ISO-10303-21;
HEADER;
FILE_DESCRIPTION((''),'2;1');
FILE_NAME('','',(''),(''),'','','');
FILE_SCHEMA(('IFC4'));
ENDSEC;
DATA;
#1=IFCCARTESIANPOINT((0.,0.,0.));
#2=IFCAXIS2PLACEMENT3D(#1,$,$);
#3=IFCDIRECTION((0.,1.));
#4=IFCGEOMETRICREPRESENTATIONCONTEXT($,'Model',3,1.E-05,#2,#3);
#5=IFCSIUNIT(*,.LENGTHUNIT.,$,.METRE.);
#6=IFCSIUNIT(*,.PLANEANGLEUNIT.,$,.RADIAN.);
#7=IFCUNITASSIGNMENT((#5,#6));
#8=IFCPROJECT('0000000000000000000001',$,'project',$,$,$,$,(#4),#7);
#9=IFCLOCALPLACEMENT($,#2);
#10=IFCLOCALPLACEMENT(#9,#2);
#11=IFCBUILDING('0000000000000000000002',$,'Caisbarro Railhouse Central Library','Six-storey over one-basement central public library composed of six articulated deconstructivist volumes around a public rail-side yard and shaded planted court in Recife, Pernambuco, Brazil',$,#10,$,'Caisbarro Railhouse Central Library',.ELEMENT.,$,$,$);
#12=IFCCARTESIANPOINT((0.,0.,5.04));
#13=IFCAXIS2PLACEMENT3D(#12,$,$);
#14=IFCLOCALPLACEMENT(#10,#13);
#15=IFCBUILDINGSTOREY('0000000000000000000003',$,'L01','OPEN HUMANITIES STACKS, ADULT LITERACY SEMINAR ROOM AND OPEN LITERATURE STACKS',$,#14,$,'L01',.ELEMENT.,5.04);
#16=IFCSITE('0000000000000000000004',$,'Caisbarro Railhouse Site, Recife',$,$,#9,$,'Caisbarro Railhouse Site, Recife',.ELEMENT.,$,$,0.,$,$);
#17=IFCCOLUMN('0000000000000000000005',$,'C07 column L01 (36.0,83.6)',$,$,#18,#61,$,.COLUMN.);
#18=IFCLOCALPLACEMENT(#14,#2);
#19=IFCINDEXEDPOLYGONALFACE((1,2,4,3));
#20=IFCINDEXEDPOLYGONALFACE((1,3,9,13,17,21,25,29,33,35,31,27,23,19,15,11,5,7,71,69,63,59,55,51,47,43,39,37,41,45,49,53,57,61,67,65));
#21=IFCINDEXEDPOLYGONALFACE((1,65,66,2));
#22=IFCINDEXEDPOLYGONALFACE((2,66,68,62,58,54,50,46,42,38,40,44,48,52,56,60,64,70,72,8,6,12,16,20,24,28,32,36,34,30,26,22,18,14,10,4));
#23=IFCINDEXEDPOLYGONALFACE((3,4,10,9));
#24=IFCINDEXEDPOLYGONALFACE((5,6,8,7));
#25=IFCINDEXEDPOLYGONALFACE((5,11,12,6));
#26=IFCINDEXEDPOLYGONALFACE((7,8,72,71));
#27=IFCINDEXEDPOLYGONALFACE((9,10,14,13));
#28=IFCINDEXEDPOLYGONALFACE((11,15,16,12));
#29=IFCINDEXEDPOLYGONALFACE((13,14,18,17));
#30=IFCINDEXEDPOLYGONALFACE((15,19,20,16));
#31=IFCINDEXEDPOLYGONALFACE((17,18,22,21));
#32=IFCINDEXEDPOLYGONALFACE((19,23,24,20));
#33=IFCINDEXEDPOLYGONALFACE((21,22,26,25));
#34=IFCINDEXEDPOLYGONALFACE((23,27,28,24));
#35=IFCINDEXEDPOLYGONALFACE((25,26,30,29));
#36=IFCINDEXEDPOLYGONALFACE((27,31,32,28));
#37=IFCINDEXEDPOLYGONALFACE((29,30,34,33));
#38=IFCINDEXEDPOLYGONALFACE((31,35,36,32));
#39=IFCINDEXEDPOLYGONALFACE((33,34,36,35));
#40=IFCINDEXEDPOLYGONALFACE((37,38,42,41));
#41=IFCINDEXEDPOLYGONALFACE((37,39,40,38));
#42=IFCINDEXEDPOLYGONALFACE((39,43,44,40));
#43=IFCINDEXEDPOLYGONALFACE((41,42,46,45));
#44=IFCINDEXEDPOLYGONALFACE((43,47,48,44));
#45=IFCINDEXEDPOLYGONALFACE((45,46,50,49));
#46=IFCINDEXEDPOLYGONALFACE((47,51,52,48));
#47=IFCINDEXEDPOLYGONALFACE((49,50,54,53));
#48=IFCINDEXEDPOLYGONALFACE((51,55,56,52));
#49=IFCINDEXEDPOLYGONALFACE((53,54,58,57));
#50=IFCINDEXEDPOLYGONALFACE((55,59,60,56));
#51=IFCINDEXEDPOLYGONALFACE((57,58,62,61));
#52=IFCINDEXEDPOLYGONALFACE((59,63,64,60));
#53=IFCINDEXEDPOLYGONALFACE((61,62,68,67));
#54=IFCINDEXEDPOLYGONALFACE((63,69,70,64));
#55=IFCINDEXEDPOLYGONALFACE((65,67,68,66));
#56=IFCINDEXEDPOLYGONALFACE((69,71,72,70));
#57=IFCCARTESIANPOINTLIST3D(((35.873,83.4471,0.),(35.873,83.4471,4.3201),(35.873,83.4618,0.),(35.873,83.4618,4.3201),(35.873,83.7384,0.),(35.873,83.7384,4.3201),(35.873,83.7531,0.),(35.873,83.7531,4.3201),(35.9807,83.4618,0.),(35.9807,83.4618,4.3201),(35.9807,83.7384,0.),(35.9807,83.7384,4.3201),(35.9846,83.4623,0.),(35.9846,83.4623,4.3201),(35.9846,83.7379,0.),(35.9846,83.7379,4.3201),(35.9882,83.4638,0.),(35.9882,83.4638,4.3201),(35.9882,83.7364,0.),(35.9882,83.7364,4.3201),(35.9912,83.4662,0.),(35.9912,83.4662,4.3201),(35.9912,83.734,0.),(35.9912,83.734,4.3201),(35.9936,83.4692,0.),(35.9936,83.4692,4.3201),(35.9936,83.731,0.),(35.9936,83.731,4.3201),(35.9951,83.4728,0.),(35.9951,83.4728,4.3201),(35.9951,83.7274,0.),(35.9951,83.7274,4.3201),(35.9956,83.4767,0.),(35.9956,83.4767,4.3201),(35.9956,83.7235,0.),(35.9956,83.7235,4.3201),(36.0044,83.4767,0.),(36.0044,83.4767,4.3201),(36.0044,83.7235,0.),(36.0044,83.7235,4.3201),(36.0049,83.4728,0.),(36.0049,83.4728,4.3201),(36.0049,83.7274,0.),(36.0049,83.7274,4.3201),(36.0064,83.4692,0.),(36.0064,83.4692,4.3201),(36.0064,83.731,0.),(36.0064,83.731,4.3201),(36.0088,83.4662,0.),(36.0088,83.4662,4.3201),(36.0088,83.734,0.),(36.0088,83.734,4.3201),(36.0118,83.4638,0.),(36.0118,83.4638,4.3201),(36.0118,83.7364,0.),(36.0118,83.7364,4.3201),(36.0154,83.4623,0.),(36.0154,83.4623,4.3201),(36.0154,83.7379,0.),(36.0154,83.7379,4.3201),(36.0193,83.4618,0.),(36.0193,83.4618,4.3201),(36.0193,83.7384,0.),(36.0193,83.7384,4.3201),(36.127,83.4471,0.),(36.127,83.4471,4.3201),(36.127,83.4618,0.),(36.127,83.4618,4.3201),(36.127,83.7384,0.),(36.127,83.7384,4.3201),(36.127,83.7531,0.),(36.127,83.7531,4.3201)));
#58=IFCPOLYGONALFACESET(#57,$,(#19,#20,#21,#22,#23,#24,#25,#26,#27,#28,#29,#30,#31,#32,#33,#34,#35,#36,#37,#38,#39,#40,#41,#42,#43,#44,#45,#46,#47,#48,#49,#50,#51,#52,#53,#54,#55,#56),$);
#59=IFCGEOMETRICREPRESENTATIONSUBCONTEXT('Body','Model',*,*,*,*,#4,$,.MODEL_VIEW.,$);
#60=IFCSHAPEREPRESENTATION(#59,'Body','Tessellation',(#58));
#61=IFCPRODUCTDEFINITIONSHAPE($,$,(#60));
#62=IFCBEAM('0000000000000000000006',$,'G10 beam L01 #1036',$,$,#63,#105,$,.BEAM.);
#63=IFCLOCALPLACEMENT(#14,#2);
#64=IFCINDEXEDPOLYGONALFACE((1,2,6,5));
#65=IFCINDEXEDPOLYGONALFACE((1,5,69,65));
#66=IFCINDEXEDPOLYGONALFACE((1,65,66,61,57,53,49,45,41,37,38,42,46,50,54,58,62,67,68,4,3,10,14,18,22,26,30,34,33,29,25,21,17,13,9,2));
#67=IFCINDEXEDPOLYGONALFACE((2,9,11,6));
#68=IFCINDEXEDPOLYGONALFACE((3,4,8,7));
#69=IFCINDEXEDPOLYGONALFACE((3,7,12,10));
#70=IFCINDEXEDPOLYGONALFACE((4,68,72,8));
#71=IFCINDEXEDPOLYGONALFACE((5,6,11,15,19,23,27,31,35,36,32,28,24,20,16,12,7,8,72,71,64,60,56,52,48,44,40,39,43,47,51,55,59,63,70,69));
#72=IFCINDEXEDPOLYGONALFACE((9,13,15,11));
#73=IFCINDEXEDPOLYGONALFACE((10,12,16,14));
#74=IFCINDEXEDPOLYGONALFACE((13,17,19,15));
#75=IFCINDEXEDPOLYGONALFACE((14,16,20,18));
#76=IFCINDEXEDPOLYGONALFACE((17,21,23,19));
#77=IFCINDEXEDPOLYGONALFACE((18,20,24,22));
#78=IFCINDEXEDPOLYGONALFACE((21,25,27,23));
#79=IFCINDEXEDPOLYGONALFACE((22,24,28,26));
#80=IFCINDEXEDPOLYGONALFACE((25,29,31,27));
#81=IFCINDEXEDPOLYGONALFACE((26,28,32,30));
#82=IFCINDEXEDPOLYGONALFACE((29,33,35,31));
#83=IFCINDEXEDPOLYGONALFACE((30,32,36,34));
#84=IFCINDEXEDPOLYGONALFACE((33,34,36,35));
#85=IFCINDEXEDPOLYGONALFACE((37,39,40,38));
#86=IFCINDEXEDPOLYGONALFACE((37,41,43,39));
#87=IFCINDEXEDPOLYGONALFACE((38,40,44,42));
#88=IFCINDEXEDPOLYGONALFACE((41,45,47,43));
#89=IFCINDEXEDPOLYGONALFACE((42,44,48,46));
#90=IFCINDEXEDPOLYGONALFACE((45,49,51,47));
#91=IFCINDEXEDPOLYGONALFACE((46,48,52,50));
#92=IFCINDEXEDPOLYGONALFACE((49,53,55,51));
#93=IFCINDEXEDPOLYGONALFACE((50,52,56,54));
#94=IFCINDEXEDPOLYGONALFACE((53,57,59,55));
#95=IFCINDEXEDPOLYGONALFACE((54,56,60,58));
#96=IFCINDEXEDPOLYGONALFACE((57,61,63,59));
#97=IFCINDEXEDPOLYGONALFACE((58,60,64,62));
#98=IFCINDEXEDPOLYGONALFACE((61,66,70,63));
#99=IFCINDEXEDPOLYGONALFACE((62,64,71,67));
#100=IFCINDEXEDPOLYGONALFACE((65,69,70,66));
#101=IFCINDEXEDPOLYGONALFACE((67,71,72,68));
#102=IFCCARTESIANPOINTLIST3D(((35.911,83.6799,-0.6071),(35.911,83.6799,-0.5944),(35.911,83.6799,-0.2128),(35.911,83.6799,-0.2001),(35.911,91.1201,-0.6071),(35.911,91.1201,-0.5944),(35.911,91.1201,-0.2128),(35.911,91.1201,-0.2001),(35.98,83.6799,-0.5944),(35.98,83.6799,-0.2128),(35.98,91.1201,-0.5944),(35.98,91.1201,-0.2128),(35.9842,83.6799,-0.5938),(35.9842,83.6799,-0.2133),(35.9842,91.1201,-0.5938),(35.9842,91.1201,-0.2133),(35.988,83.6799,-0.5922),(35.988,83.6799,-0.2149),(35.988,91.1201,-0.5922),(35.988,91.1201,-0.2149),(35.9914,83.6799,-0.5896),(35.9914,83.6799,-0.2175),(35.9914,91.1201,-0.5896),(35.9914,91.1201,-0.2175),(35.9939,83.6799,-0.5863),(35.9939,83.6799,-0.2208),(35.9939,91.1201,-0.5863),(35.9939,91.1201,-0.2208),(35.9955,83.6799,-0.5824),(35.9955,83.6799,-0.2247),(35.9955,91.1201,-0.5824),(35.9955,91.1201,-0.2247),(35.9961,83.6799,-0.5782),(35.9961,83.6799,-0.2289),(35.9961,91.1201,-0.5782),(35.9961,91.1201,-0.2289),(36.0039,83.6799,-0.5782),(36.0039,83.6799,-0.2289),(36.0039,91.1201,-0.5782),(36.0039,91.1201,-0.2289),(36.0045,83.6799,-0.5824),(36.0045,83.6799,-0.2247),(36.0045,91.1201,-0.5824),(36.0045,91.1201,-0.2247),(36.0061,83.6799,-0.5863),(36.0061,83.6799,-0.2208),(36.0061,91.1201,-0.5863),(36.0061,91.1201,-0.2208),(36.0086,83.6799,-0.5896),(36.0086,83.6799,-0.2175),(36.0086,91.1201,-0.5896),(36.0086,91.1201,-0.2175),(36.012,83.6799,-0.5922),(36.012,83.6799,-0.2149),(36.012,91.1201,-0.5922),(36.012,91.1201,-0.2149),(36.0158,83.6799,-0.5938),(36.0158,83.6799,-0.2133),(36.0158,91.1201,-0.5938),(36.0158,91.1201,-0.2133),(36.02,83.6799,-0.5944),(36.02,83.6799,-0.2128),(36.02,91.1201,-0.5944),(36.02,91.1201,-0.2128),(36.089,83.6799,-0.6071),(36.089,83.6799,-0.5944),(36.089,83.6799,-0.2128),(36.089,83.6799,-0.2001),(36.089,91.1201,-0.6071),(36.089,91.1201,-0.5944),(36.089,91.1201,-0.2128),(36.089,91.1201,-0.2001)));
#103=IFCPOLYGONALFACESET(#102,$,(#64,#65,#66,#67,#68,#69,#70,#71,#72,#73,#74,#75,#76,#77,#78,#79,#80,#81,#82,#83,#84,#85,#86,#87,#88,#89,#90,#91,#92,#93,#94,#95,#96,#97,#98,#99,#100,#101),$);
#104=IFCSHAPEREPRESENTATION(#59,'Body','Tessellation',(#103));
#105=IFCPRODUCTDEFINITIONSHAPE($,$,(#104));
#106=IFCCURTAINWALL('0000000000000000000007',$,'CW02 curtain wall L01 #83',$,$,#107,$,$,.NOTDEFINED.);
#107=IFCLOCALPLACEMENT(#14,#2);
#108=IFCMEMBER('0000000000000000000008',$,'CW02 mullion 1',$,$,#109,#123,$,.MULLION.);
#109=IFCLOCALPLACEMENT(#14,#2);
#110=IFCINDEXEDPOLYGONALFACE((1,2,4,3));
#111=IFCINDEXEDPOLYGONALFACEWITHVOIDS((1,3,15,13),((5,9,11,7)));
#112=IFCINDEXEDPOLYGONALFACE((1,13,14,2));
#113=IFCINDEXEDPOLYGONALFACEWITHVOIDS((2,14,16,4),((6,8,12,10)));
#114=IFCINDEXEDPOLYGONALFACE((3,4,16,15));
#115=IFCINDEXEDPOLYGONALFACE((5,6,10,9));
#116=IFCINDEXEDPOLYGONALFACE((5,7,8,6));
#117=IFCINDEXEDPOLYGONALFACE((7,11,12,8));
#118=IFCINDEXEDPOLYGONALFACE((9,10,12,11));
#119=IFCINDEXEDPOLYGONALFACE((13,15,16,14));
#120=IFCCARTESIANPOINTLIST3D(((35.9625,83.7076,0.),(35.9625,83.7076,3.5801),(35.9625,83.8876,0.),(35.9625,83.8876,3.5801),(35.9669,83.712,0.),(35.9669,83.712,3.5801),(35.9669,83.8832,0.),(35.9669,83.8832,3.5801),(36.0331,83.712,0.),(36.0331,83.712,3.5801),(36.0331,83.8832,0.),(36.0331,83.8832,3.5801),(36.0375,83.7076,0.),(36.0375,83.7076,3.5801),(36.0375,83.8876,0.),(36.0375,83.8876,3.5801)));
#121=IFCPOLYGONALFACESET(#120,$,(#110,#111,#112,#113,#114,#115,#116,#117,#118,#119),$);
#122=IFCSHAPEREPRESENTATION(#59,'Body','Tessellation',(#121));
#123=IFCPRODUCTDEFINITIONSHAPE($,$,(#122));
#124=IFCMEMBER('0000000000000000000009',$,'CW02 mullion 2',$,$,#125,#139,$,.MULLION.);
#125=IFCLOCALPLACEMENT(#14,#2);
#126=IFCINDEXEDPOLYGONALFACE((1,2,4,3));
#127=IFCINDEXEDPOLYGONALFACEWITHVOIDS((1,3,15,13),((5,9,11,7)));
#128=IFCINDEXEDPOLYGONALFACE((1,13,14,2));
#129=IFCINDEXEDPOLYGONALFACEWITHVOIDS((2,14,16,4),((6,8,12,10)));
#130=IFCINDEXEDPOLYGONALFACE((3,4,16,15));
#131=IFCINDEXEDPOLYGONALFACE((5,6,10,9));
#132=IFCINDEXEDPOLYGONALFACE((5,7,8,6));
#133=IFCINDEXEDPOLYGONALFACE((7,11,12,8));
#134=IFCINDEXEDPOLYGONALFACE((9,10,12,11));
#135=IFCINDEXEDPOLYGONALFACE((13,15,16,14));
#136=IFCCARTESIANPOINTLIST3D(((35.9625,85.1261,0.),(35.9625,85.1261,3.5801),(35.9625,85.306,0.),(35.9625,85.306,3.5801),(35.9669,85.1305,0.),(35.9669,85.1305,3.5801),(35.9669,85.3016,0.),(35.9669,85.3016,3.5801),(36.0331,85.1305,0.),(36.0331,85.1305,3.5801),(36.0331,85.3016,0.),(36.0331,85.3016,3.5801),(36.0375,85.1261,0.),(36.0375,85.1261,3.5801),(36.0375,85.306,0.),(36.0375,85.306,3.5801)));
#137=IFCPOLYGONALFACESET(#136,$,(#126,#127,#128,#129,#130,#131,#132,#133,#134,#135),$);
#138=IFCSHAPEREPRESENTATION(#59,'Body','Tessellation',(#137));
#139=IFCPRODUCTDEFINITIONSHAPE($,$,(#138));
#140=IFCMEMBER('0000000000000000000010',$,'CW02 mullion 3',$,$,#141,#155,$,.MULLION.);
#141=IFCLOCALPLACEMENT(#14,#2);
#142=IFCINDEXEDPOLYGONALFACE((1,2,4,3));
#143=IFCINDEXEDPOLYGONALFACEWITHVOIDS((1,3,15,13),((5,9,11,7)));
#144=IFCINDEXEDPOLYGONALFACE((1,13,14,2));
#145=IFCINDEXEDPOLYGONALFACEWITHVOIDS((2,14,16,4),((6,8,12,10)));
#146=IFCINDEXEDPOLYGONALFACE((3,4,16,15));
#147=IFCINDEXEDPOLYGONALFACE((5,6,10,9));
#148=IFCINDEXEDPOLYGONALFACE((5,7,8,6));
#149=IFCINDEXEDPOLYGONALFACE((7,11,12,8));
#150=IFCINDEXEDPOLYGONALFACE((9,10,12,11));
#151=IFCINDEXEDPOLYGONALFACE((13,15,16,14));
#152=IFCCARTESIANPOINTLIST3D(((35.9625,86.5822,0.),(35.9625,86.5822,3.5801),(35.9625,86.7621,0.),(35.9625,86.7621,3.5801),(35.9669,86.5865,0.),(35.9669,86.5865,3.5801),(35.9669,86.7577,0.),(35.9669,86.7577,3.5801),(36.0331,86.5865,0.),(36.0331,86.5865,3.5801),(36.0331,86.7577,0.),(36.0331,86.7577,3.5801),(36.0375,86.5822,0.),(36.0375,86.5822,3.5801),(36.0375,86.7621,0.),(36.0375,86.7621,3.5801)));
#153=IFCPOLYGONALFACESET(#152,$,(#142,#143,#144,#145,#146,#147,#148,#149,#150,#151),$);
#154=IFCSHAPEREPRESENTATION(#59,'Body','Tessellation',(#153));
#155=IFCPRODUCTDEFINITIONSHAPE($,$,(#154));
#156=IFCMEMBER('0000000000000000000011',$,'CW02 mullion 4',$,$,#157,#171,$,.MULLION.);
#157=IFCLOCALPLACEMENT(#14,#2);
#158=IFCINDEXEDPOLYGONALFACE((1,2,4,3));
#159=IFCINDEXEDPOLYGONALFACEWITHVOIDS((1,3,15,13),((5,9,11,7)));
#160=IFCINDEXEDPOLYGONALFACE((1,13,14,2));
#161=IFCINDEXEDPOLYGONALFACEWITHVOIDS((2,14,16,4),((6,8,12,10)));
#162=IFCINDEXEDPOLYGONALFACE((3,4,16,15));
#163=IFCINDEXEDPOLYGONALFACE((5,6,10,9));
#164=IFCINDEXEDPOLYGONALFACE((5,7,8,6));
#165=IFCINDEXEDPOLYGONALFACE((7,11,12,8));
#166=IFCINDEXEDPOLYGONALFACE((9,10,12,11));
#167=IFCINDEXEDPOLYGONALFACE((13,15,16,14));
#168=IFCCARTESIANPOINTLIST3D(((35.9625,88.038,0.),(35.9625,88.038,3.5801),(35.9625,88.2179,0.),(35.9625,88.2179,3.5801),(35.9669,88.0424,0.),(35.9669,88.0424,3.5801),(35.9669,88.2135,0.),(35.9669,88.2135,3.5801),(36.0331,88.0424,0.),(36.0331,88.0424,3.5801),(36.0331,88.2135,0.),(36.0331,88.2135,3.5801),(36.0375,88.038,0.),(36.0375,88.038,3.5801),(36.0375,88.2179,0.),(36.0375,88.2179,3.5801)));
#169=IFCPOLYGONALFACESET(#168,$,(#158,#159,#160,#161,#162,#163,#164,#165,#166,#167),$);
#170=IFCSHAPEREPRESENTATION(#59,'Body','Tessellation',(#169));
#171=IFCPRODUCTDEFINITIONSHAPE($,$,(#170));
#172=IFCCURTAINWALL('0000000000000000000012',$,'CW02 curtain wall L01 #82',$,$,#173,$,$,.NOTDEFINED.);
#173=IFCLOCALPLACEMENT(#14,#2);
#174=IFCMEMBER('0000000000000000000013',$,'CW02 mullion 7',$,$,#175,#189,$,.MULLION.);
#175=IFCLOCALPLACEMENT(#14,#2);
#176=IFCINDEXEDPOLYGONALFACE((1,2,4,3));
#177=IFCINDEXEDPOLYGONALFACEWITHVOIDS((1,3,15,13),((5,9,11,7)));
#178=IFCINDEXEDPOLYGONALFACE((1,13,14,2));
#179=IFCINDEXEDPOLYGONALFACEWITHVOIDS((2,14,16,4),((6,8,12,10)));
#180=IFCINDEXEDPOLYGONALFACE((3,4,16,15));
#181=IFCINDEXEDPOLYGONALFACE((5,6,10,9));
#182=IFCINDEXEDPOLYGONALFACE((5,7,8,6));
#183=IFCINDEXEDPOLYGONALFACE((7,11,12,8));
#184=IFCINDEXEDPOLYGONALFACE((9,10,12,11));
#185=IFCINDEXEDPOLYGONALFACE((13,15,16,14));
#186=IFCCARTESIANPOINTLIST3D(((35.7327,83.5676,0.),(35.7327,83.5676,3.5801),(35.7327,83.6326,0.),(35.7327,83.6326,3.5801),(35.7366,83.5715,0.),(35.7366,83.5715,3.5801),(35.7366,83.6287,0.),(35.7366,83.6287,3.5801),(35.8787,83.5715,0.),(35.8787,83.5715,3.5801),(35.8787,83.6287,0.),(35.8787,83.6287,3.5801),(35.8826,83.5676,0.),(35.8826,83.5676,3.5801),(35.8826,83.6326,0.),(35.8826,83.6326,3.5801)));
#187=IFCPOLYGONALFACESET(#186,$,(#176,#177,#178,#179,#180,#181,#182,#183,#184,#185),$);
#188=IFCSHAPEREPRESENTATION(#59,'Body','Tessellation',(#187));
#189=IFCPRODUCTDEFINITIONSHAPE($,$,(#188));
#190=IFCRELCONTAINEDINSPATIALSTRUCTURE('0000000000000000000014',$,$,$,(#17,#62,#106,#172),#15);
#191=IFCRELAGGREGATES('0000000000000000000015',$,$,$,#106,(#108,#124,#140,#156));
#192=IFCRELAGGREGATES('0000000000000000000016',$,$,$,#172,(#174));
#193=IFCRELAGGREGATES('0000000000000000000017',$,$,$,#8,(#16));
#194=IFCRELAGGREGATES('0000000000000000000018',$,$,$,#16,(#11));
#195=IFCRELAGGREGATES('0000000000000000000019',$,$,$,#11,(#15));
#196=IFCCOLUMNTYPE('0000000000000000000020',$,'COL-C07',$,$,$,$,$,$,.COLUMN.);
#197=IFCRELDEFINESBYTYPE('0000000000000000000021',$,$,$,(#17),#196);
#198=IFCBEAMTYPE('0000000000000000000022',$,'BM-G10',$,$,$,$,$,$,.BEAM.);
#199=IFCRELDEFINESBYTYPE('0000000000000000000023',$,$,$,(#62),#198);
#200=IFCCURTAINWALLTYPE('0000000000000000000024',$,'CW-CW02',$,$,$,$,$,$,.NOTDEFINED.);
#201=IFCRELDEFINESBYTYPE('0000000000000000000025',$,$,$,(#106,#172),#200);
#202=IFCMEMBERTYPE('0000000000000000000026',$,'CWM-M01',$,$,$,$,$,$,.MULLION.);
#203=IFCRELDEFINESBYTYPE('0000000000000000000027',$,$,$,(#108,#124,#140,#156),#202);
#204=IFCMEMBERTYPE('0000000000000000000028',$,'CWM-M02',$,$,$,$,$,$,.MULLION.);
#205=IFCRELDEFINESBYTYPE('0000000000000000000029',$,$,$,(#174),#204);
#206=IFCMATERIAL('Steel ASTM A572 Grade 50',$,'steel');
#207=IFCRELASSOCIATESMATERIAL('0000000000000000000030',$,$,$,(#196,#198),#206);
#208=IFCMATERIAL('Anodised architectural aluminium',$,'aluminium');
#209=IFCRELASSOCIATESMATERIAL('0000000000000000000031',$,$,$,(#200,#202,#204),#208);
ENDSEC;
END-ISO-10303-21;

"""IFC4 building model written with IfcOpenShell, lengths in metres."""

from ifc_helpers import new_model, si_unit, direction, frame, origin, origin_2d, place, context, subcontext, project, spatial, hollow_rectangle, i_section, extrude, material, material_profile, profile_set, type_object, element, aggregate, save


model = new_model("IFC4")

# Units and contexts
model_context = context("Model", 3, precision=1e-05, world=origin(), true_north=direction((0.0, 1.0)))
body_context = subcontext(model_context, "Body", "Model", "MODEL_VIEW")
ifc_project = project(units=[si_unit("LENGTHUNIT", "METRE"), si_unit("PLANEANGLEUNIT", "RADIAN")], contexts=[model_context])

# Site, building, storey
site_placement = place(None, origin())
site = spatial("IfcSite", under=ifc_project, at=site_placement, Name="Caisbarro Railhouse Site, Recife", LongName="Caisbarro Railhouse Site, Recife", CompositionType="ELEMENT", RefElevation=0.0)
building_placement = place(site_placement, origin())
building = spatial("IfcBuilding", under=site, at=building_placement, Name="Caisbarro Railhouse Central Library", Description="Six-storey over one-basement central public library composed of six articulated deconstructivist volumes around a public rail-side yard and shaded planted court in Recife, Pernambuco, Brazil", LongName="Caisbarro Railhouse Central Library", CompositionType="ELEMENT")
storey_placement = place(building_placement, frame((0.0, 0.0, 5.04)))
storey = spatial("IfcBuildingStorey", under=building, at=storey_placement, Name="L01", Description="OPEN HUMANITIES STACKS, ADULT LITERACY SEMINAR ROOM AND OPEN LITERATURE STACKS", LongName="L01", CompositionType="ELEMENT", Elevation=5.04)

# Column
ifc_material_1 = material(Name="Steel ASTM A572 Grade 50", Category="steel")
ifc_material_profile_1 = material_profile(ifc_material_1, i_section(OverallWidth=0.2539, OverallDepth=0.3059, WebThickness=0.0088, FlangeThickness=0.0146, FilletRadius=0.0149, at=origin_2d()), Name="W310X79.0")
ifc_profile_set_1 = profile_set([ifc_material_profile_1], Name="Steel ASTM A572 Grade 50")
column_type = type_object("IfcColumnType", Name="COL-C07", PredefinedType="COLUMN", material=ifc_profile_set_1)
column_placement = place(storey_placement, frame((36.0, 83.6001, 0.0), z_axis=(0.0, 0.0, 1.0), x_axis=(1.0, 0.0, 0.0)))
element("IfcColumn", 1, at=column_placement, inside=storey, type_object=column_type, Name="C07 column L01 (36.0,83.6)", PredefinedType="COLUMN", context=body_context, shape_type="SweptSolid", body=[
    extrude(i_section(OverallWidth=0.2539, OverallDepth=0.3059, WebThickness=0.0088, FlangeThickness=0.0146, FilletRadius=0.0149, at=origin_2d()), origin(), (0.0, 0.0, 1.0), 4.3201),
])

# Beam
ifc_material_profile_2 = material_profile(ifc_material_1, i_section(OverallWidth=0.178, OverallDepth=0.407, WebThickness=0.0078, FlangeThickness=0.0127, FilletRadius=0.0161, at=origin_2d()), Name="W410X60.0")
ifc_profile_set_2 = profile_set([ifc_material_profile_2], Name="Steel ASTM A572 Grade 50")
beam_type = type_object("IfcBeamType", Name="BM-G10", PredefinedType="BEAM", material=ifc_profile_set_2)
beam_placement = place(storey_placement, frame((36.0, 83.6799, -0.4036), z_axis=(0.0, 1.0, 0.0), x_axis=(-1.0, 0.0, 0.0)))
element("IfcBeam", 2, at=beam_placement, inside=storey, type_object=beam_type, Name="G10 beam L01 #1036", PredefinedType="BEAM", context=body_context, shape_type="SweptSolid", body=[
    extrude(i_section(OverallWidth=0.178, OverallDepth=0.407, WebThickness=0.0078, FlangeThickness=0.0127, FilletRadius=0.0161, at=origin_2d()), origin(), (0.0, 0.0, 1.0), 7.4402),
])

# Curtain wall, members
ifc_material_2 = material(Name="Anodised architectural aluminium", Category="aluminium")
curtain_wall_type = type_object("IfcCurtainWallType", Name="CW-CW02", PredefinedType="NOTDEFINED", material=ifc_material_2)
curtain_wall_1_placement = place(storey_placement, origin())
curtain_wall_1 = element("IfcCurtainWall", 3, at=curtain_wall_1_placement, inside=storey, type_object=curtain_wall_type, Name="CW02 curtain wall L01 #83", PredefinedType="NOTDEFINED")
ifc_material_profile_3 = material_profile(ifc_material_2, hollow_rectangle(XDim=0.075, YDim=0.1799, WallThickness=0.0044, at=origin_2d()), Name="ALU-MUL-75X180")
ifc_profile_set_3 = profile_set([ifc_material_profile_3], Name="Anodised architectural aluminium")
member_type_1 = type_object("IfcMemberType", Name="CWM-M01", PredefinedType="MULLION", material=ifc_profile_set_3)
member_1_placement = place(storey_placement, frame((36.0, 83.7976, 0.0), z_axis=(0.0, 0.0, 1.0), x_axis=(-1.0, 0.0, 0.0)))
member_1 = element("IfcMember", 4, at=member_1_placement, type_object=member_type_1, Name="CW02 mullion 1", PredefinedType="MULLION", context=body_context, shape_type="SweptSolid", body=[
    extrude(hollow_rectangle(XDim=0.075, YDim=0.1799, WallThickness=0.0044, at=origin_2d()), origin(), (0.0, 0.0, 1.0), 3.5801),
])
member_2_placement = place(storey_placement, frame((36.0, 85.2161, 0.0), z_axis=(0.0, 0.0, 1.0), x_axis=(-1.0, 0.0, 0.0)))
member_2 = element("IfcMember", 5, at=member_2_placement, type_object=member_type_1, Name="CW02 mullion 2", PredefinedType="MULLION", context=body_context, shape_type="SweptSolid", body=[
    extrude(hollow_rectangle(XDim=0.075, YDim=0.1799, WallThickness=0.0044, at=origin_2d()), origin(), (0.0, 0.0, 1.0), 3.5801),
])
member_3_placement = place(storey_placement, frame((36.0, 86.6721, 0.0), z_axis=(0.0, 0.0, 1.0), x_axis=(-1.0, 0.0, 0.0)))
member_3 = element("IfcMember", 6, at=member_3_placement, type_object=member_type_1, Name="CW02 mullion 3", PredefinedType="MULLION", context=body_context, shape_type="SweptSolid", body=[
    extrude(hollow_rectangle(XDim=0.075, YDim=0.1799, WallThickness=0.0044, at=origin_2d()), origin(), (0.0, 0.0, 1.0), 3.5801),
])
member_4_placement = place(storey_placement, frame((36.0, 88.1279, 0.0), z_axis=(0.0, 0.0, 1.0), x_axis=(-1.0, 0.0, 0.0)))
member_4 = element("IfcMember", 7, at=member_4_placement, type_object=member_type_1, Name="CW02 mullion 4", PredefinedType="MULLION", context=body_context, shape_type="SweptSolid", body=[
    extrude(hollow_rectangle(XDim=0.075, YDim=0.1799, WallThickness=0.0044, at=origin_2d()), origin(), (0.0, 0.0, 1.0), 3.5801),
])

# Curtain wall, member
curtain_wall_2_placement = place(storey_placement, origin())
curtain_wall_2 = element("IfcCurtainWall", 8, at=curtain_wall_2_placement, inside=storey, type_object=curtain_wall_type, Name="CW02 curtain wall L01 #82", PredefinedType="NOTDEFINED")
ifc_material_profile_4 = material_profile(ifc_material_2, hollow_rectangle(XDim=0.0649, YDim=0.1499, WallThickness=0.0039, at=origin_2d()), Name="ALU-MUL-65X150")
ifc_profile_set_4 = profile_set([ifc_material_profile_4], Name="Anodised architectural aluminium")
member_type_2 = type_object("IfcMemberType", Name="CWM-M02", PredefinedType="MULLION", material=ifc_profile_set_4)
member_5_placement = place(storey_placement, frame((35.8076, 83.6001, 0.0), z_axis=(0.0, 0.0, 1.0), x_axis=(0.0, 1.0, 0.0)))
member_5 = element("IfcMember", 9, at=member_5_placement, type_object=member_type_2, Name="CW02 mullion 7", PredefinedType="MULLION", context=body_context, shape_type="SweptSolid", body=[
    extrude(hollow_rectangle(XDim=0.0649, YDim=0.1499, WallThickness=0.0039, at=origin_2d()), origin(), (0.0, 0.0, 1.0), 3.5801),
])

aggregate(curtain_wall_1, [member_1, member_2, member_3, member_4])
aggregate(curtain_wall_2, [member_5])

save(model, "model.ifc")
